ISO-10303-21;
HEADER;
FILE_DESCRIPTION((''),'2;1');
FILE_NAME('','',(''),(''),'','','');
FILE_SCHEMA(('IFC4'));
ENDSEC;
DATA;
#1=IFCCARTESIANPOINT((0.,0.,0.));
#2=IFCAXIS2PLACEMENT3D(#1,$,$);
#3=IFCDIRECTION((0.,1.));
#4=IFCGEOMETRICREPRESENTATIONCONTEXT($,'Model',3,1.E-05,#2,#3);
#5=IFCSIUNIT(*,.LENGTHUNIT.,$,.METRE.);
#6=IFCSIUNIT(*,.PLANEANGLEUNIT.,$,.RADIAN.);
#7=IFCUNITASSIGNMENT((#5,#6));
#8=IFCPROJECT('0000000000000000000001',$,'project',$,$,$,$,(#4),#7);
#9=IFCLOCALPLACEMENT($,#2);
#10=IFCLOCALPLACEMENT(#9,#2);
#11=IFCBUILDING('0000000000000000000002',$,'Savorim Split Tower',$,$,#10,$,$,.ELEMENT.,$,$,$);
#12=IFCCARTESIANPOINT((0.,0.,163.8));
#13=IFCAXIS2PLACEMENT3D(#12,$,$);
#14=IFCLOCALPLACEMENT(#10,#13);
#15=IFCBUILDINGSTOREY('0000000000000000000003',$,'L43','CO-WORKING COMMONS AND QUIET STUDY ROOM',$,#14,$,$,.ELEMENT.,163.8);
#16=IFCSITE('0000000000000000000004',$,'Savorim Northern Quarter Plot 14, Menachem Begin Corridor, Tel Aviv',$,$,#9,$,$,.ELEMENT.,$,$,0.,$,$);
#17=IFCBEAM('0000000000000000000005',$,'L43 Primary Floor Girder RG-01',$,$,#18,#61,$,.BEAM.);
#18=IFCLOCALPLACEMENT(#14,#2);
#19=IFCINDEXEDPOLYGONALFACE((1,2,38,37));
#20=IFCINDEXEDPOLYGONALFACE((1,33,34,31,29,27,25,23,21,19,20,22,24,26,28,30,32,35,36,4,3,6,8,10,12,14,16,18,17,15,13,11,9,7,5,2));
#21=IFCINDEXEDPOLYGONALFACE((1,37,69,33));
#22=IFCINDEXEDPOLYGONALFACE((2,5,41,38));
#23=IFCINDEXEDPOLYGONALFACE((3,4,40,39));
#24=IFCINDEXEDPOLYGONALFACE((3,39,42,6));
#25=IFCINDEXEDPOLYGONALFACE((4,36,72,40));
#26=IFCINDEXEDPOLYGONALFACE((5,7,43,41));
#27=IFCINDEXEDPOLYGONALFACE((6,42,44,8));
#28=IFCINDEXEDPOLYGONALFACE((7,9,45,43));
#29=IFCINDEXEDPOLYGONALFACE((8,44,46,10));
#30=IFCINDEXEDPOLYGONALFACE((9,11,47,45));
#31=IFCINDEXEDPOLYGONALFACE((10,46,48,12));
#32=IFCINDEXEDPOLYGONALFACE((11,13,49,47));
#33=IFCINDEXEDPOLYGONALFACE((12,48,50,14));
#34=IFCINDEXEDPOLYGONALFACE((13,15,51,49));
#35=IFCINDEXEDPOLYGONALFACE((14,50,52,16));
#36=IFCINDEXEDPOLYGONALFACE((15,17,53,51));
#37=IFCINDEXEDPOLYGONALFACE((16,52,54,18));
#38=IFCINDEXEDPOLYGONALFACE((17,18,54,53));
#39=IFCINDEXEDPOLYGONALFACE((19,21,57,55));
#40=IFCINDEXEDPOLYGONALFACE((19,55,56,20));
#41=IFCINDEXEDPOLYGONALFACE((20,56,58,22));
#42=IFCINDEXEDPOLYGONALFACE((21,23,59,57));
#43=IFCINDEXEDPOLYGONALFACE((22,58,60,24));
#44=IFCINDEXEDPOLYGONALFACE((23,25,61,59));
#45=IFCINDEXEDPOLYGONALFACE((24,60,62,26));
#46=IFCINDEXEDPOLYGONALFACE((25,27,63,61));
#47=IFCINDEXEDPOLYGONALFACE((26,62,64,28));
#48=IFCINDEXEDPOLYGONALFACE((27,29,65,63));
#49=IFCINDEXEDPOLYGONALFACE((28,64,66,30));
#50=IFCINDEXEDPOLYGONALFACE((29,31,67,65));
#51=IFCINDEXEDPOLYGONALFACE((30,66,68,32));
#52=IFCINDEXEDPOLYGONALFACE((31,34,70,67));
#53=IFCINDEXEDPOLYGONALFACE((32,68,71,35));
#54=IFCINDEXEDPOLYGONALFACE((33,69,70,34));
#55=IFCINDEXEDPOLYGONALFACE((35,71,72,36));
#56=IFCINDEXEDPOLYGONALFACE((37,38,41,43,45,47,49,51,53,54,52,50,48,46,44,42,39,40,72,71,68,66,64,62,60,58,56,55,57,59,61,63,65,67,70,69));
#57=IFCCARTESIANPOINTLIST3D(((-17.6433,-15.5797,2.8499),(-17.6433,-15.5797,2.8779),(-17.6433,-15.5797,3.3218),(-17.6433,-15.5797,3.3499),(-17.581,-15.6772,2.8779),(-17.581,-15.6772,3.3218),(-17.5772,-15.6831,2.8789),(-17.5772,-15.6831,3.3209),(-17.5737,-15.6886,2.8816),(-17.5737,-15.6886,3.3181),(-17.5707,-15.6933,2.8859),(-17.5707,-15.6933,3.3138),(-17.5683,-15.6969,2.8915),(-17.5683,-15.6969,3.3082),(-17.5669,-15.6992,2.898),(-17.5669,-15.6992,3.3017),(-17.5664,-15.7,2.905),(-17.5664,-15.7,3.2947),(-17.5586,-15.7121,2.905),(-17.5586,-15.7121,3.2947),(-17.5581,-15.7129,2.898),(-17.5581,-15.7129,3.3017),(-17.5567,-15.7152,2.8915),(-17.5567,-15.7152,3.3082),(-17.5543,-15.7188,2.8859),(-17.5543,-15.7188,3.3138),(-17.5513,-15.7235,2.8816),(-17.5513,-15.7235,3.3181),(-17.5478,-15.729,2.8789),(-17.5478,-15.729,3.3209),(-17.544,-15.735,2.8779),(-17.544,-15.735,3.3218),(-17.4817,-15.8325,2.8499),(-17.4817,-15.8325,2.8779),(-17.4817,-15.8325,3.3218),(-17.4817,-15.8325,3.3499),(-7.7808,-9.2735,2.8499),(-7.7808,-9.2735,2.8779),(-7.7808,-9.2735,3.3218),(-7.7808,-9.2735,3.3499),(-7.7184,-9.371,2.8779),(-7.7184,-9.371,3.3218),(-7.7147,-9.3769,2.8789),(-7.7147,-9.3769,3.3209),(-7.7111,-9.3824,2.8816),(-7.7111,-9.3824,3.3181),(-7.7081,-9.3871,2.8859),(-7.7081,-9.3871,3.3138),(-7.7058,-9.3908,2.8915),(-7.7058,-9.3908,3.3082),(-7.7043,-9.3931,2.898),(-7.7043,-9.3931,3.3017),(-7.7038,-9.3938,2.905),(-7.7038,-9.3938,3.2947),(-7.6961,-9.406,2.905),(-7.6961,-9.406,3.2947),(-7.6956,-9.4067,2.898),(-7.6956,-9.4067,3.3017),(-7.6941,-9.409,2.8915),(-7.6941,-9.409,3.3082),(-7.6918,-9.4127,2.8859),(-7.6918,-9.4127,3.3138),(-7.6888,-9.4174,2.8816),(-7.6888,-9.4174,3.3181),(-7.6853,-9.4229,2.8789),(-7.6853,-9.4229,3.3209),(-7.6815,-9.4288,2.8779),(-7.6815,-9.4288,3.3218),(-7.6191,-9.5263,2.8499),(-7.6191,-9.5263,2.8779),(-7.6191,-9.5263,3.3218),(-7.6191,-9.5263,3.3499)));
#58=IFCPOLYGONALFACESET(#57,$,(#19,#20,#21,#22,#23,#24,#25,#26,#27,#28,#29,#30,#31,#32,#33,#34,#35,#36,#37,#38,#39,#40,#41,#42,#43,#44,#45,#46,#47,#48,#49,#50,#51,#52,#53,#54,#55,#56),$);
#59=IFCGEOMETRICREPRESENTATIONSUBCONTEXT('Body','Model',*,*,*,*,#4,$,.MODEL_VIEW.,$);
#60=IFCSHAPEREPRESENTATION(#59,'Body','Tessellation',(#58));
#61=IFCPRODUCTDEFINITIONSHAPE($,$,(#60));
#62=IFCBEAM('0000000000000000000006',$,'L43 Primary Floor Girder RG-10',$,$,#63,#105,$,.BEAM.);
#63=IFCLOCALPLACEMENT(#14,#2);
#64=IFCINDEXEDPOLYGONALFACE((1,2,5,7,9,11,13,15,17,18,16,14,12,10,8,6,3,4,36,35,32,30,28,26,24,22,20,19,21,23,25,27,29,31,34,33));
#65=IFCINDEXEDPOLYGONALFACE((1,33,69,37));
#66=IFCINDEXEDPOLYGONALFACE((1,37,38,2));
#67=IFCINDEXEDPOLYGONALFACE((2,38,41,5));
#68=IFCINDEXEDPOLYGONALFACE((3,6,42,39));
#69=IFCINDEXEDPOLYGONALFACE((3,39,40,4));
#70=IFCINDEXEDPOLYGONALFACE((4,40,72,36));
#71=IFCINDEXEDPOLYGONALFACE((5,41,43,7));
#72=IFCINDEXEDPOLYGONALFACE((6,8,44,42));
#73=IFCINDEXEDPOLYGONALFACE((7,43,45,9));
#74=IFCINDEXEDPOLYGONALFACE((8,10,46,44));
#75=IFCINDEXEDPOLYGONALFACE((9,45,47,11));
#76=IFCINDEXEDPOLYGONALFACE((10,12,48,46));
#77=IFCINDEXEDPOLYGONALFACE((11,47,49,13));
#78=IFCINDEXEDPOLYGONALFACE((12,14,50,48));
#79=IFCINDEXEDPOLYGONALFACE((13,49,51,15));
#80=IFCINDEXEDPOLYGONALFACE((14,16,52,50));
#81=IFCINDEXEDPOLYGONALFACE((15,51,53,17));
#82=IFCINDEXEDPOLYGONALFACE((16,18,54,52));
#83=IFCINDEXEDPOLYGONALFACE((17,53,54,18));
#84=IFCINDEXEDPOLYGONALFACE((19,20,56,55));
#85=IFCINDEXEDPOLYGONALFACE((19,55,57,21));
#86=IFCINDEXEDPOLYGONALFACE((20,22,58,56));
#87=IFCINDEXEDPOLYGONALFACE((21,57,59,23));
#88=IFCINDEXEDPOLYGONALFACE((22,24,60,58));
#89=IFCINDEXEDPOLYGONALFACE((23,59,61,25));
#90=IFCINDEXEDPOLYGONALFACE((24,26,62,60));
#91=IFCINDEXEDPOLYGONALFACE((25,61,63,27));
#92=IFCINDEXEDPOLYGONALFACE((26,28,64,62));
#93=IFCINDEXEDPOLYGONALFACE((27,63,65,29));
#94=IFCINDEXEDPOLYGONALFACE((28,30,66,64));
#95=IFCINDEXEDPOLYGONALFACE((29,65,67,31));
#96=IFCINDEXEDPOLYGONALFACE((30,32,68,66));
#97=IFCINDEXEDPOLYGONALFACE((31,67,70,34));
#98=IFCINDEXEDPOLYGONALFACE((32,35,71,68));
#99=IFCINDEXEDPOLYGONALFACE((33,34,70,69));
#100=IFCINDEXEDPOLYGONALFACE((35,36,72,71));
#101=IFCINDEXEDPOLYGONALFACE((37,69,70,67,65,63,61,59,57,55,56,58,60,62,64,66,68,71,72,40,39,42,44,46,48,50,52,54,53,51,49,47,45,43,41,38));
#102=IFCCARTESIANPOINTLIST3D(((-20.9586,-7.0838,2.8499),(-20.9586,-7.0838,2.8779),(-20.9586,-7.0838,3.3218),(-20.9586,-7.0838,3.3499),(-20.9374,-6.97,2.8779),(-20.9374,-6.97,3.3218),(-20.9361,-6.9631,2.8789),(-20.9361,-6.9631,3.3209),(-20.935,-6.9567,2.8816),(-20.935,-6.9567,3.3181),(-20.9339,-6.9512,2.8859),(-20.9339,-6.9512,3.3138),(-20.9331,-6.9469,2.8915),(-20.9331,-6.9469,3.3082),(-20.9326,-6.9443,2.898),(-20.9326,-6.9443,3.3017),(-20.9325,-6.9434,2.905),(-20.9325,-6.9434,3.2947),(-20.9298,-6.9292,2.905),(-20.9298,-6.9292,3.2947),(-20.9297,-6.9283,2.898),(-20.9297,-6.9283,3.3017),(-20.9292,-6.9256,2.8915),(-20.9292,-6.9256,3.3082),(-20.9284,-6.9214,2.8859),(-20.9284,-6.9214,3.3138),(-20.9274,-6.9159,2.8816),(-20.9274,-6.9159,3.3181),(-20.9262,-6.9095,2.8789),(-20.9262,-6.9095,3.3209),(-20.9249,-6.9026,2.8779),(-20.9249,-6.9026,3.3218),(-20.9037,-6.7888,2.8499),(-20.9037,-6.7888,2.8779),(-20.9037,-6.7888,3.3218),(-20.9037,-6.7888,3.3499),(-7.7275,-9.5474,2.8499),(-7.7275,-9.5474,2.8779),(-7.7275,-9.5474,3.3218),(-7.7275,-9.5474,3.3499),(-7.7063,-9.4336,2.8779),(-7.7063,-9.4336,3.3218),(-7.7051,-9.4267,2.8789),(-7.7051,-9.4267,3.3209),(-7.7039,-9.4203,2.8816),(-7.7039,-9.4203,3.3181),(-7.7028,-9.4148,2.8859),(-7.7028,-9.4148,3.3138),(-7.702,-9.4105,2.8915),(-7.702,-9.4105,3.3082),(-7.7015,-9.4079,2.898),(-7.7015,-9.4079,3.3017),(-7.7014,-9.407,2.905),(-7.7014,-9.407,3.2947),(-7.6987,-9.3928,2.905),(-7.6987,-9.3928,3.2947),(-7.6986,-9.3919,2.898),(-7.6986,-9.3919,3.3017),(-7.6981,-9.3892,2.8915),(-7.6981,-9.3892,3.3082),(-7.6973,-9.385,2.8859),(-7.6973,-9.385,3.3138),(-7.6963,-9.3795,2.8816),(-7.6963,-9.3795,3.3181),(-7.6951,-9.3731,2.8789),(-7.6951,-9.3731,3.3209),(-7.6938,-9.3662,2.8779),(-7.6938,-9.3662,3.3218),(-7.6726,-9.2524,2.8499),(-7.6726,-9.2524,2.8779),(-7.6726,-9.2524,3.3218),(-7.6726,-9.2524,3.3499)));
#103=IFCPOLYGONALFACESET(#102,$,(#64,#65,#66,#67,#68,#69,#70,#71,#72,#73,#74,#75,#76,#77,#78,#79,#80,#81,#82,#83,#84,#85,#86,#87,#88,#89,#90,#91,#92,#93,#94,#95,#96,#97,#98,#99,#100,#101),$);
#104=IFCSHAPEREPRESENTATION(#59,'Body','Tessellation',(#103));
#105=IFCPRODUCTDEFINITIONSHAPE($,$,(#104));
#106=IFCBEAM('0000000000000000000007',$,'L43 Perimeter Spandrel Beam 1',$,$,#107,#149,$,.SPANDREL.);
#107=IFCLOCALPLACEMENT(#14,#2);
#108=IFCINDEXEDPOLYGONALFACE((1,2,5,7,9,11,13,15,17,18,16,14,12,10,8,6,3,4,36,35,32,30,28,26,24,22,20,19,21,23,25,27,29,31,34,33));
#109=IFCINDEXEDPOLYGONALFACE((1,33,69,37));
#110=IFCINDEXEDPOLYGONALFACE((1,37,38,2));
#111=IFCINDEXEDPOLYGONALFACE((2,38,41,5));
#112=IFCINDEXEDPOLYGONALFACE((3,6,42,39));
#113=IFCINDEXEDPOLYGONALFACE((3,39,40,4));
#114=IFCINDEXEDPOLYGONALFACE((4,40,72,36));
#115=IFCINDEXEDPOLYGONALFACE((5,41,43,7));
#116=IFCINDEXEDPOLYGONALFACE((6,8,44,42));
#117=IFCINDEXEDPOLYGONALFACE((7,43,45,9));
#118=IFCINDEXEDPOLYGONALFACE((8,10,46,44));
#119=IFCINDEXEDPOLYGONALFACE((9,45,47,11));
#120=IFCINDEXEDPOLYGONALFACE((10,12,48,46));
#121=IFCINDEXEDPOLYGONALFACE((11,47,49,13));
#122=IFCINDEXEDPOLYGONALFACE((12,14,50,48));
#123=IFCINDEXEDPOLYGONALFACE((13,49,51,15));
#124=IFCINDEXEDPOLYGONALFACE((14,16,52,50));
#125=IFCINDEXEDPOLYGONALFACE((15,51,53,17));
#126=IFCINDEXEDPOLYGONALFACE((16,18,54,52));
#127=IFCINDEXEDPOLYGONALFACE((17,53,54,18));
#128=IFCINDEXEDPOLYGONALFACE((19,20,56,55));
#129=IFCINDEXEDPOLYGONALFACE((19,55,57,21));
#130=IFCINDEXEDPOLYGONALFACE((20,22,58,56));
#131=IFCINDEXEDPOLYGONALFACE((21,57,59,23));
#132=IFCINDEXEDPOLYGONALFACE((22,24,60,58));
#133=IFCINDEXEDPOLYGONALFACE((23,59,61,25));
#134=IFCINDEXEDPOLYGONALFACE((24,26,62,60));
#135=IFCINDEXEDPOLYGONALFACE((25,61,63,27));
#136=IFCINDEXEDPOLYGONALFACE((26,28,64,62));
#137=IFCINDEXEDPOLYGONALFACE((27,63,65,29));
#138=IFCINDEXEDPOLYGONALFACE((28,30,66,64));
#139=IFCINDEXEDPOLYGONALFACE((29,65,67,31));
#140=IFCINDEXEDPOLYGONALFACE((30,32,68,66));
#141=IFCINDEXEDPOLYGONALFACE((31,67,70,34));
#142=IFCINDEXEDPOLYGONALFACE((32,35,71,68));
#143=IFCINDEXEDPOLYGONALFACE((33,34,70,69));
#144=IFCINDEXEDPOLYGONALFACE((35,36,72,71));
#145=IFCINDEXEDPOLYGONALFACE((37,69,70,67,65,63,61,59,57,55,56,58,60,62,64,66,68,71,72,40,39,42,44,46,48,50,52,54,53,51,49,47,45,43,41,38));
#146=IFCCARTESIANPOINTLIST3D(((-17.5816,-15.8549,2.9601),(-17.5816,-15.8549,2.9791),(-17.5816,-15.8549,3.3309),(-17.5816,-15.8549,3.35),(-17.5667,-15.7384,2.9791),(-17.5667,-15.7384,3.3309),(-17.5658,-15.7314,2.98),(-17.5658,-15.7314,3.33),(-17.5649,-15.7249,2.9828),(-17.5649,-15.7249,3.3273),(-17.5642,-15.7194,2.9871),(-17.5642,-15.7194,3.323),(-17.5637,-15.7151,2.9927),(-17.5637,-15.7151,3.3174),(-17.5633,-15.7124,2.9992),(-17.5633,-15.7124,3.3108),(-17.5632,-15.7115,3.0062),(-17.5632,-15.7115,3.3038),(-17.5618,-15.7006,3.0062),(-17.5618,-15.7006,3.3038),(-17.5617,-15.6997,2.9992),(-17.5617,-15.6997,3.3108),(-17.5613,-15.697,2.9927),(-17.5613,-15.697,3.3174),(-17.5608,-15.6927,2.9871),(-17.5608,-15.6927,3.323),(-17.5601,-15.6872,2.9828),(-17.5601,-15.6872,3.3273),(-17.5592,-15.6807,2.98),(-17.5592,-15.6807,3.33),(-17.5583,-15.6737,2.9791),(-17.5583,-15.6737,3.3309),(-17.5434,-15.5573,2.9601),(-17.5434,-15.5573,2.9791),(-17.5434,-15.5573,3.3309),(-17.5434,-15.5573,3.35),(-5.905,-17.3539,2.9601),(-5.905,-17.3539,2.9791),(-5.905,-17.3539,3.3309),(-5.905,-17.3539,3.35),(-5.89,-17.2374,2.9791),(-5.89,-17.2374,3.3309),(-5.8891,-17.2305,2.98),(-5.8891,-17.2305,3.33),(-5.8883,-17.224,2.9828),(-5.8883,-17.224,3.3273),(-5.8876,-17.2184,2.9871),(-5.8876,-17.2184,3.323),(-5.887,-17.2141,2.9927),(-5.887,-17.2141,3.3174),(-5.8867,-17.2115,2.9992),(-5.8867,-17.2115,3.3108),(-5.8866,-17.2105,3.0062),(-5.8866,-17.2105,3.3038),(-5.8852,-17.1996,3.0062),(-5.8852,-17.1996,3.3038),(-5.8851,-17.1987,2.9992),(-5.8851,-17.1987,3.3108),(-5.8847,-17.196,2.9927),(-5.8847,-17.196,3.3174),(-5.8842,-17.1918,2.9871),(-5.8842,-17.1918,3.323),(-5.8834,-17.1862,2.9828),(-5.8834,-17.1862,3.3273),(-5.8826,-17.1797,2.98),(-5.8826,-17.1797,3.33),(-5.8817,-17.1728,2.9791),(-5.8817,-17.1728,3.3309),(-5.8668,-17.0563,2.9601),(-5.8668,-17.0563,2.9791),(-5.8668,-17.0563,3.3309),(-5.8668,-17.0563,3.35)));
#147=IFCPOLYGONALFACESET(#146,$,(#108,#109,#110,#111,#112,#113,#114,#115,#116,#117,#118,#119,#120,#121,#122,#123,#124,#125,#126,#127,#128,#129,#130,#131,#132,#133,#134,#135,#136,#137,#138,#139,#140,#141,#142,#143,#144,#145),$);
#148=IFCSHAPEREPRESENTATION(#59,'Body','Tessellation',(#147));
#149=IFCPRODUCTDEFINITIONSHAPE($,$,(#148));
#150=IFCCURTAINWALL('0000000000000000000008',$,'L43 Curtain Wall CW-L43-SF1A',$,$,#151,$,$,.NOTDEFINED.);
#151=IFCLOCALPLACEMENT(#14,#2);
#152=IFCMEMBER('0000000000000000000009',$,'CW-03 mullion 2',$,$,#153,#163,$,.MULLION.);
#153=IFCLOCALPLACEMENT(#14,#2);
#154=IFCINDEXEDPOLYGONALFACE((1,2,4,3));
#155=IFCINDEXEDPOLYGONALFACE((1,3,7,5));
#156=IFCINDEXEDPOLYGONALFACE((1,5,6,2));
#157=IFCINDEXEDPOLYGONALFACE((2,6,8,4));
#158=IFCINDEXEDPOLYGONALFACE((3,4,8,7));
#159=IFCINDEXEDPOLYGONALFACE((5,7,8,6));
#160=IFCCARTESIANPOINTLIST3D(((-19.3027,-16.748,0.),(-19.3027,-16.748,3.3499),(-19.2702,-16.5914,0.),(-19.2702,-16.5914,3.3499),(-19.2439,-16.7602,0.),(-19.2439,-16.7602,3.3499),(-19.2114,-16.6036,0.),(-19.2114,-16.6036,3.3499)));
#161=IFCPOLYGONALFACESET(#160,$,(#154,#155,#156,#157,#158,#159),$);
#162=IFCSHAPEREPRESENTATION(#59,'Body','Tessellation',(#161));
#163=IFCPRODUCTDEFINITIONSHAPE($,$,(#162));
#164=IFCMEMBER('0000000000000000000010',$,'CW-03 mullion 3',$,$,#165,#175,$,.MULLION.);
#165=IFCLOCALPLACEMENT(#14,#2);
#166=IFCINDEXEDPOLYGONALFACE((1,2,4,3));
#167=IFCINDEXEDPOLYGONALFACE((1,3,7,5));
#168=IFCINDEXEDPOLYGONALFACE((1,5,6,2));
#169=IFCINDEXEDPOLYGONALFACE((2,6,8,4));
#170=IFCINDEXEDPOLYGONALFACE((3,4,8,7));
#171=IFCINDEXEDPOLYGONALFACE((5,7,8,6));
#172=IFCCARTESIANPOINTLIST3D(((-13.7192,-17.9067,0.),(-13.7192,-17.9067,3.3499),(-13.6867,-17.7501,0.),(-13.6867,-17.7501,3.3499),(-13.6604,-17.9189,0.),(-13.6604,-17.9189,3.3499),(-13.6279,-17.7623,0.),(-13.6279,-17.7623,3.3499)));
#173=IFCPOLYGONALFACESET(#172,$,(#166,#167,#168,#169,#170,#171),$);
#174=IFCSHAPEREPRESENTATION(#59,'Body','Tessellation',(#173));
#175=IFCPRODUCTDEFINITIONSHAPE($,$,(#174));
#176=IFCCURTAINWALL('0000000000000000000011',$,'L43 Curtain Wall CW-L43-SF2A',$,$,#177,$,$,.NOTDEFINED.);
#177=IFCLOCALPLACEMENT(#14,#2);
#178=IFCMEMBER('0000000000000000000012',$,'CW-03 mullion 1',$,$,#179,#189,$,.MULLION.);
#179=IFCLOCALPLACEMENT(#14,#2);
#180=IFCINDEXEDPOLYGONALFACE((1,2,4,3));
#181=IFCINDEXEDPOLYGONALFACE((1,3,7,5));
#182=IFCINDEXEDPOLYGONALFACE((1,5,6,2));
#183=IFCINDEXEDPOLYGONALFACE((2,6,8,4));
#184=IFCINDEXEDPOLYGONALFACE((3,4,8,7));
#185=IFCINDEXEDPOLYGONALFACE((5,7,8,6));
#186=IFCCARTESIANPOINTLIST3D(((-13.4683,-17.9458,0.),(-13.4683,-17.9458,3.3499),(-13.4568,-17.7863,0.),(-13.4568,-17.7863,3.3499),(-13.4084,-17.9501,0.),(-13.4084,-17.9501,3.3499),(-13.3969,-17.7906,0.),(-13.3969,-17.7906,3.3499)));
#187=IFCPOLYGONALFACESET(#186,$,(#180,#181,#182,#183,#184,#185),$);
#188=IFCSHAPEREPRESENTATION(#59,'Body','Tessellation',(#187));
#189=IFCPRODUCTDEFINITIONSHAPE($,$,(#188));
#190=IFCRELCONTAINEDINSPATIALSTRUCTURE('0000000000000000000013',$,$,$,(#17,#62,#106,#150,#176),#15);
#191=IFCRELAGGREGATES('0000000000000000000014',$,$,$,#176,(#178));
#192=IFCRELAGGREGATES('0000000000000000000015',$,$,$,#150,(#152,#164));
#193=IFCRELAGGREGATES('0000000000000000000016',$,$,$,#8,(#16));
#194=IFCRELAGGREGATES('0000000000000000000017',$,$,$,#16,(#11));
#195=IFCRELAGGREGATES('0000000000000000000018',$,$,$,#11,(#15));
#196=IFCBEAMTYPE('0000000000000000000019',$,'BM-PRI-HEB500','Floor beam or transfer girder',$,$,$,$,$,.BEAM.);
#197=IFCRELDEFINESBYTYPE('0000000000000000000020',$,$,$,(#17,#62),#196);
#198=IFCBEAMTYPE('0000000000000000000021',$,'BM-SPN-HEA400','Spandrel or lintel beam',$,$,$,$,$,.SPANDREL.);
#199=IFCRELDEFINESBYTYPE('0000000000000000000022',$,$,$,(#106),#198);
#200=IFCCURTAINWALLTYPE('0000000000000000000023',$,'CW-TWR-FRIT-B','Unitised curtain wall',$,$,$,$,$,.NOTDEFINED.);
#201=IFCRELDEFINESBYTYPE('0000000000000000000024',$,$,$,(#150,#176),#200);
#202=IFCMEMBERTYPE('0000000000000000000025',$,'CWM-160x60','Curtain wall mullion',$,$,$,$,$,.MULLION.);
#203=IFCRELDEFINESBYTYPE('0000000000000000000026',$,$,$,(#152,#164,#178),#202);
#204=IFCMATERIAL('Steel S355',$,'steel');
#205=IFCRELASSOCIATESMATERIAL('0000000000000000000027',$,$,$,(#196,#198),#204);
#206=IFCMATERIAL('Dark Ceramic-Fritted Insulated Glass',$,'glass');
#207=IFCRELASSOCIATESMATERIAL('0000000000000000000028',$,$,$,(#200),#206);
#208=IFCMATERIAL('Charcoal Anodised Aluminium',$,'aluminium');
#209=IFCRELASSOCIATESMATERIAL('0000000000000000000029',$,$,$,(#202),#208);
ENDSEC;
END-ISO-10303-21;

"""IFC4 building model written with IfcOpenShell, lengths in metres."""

from ifc_helpers import new_model, si_unit, direction, frame, origin, origin_2d, place, context, subcontext, project, spatial, rectangle, i_section, extrude, material, material_profile, profile_set, type_object, element, aggregate, save


model = new_model("IFC4")

# Units and contexts
model_context = context("Model", 3, precision=1e-05, world=origin(), true_north=direction((0.0, 1.0)))
body_context = subcontext(model_context, "Body", "Model", "MODEL_VIEW")
ifc_project = project(units=[si_unit("LENGTHUNIT", "METRE"), si_unit("PLANEANGLEUNIT", "RADIAN")], contexts=[model_context])

# Site, building, storey
site_placement = place(None, origin())
site = spatial("IfcSite", under=ifc_project, at=site_placement, Name="Savorim Northern Quarter Plot 14, Menachem Begin Corridor, Tel Aviv", CompositionType="ELEMENT", RefElevation=0.0)
building_placement = place(site_placement, origin())
building = spatial("IfcBuilding", under=site, at=building_placement, Name="Savorim Split Tower", CompositionType="ELEMENT")
storey_placement = place(building_placement, frame((0.0, 0.0, 163.8)))
storey = spatial("IfcBuildingStorey", under=building, at=storey_placement, Name="L43", Description="CO-WORKING COMMONS AND QUIET STUDY ROOM", CompositionType="ELEMENT", Elevation=163.8)

# Beams
ifc_material_1 = material(Name="Steel S355", Category="steel")
ifc_material_profile_1 = material_profile(ifc_material_1, i_section(OverallWidth=0.3, OverallDepth=0.5, WebThickness=0.0144, FlangeThickness=0.0281, FilletRadius=0.0271, at=origin_2d()), Name="HEB 500")
ifc_profile_set_1 = profile_set([ifc_material_profile_1], Name="Steel S355")
beam_type_1 = type_object("IfcBeamType", Name="BM-PRI-HEB500", Description="Floor beam or transfer girder", PredefinedType="BEAM", material=ifc_profile_set_1)
beam_1_placement = place(storey_placement, frame((-17.5625, -15.7061, 3.0999), z_axis=(0.842499, 0.538697, 0.0), x_axis=(-0.538697, 0.842499, 0.0)))
element("IfcBeam", 1, at=beam_1_placement, inside=storey, type_object=beam_type_1, Name="L43 Primary Floor Girder RG-01", PredefinedType="BEAM", context=body_context, shape_type="SweptSolid", body=[
    extrude(i_section(OverallWidth=0.3, OverallDepth=0.5, WebThickness=0.0144, FlangeThickness=0.0281, FilletRadius=0.0271, at=origin_2d()), origin(), (0.0, 0.0, 1.0), 11.7063),
])
beam_2_placement = place(storey_placement, frame((-20.9312, -6.9363, 3.0999), z_axis=(0.983103, -0.183052, 0.0), x_axis=(0.183052, 0.983103, 0.0)))
element("IfcBeam", 2, at=beam_2_placement, inside=storey, type_object=beam_type_1, Name="L43 Primary Floor Girder RG-10", PredefinedType="BEAM", context=body_context, shape_type="SweptSolid", body=[
    extrude(i_section(OverallWidth=0.3, OverallDepth=0.5, WebThickness=0.0144, FlangeThickness=0.0281, FilletRadius=0.0271, at=origin_2d()), origin(), (0.0, 0.0, 1.0), 13.4585),
])
ifc_material_profile_2 = material_profile(ifc_material_1, i_section(OverallWidth=0.3, OverallDepth=0.3899, WebThickness=0.011, FlangeThickness=0.019, FilletRadius=0.0271, at=origin_2d()), Name="HEA 400")
ifc_profile_set_2 = profile_set([ifc_material_profile_2], Name="Steel S355")
beam_type_2 = type_object("IfcBeamType", Name="BM-SPN-HEA400", Description="Spandrel or lintel beam", PredefinedType="SPANDREL", material=ifc_profile_set_2)
beam_3_placement = place(storey_placement, frame((-17.5625, -15.7061, 3.155), z_axis=(0.99186, -0.127334, 0.0), x_axis=(0.127334, 0.99186, 0.0)))
element("IfcBeam", 3, at=beam_3_placement, inside=storey, type_object=beam_type_2, Name="L43 Perimeter Spandrel Beam 1", PredefinedType="SPANDREL", context=body_context, shape_type="SweptSolid", body=[
    extrude(i_section(OverallWidth=0.3, OverallDepth=0.3899, WebThickness=0.011, FlangeThickness=0.019, FilletRadius=0.0271, at=origin_2d()), origin(), (0.0, 0.0, 1.0), 11.7725),
])

# Curtain wall, members
ifc_material_2 = material(Name="Dark Ceramic-Fritted Insulated Glass", Category="glass")
curtain_wall_type = type_object("IfcCurtainWallType", Name="CW-TWR-FRIT-B", Description="Unitised curtain wall", PredefinedType="NOTDEFINED", material=ifc_material_2)
curtain_wall_1_placement = place(storey_placement, origin())
curtain_wall_1 = element("IfcCurtainWall", 4, at=curtain_wall_1_placement, inside=storey, type_object=curtain_wall_type, Name="L43 Curtain Wall CW-L43-SF1A", PredefinedType="NOTDEFINED")
ifc_material_3 = material(Name="Charcoal Anodised Aluminium", Category="aluminium")
ifc_material_profile_3 = material_profile(ifc_material_3, rectangle(XDim=0.1599, YDim=0.0601, at=origin_2d()), Name="ALU-M 160x60")
ifc_profile_set_3 = profile_set([ifc_material_profile_3], Name="Charcoal Anodised Aluminium")
member_type_1 = type_object("IfcMemberType", Name="CWM-160x60", Description="Curtain wall mullion", PredefinedType="MULLION", material=ifc_profile_set_3)
member_1_placement = place(storey_placement, frame((-19.2571, -16.6758, 0.0), z_axis=(0.0, 0.0, 1.0), x_axis=(0.203216, 0.979134, 0.0)))
member_1 = element("IfcMember", 5, at=member_1_placement, type_object=member_type_1, Name="CW-03 mullion 2", PredefinedType="MULLION", context=body_context, shape_type="SweptSolid", body=[
    extrude(rectangle(XDim=0.1599, YDim=0.0601, at=origin_2d()), origin(), (0.0, 0.0, 1.0), 3.3499),
])
member_2_placement = place(storey_placement, frame((-13.6736, -17.8345, 0.0), z_axis=(0.0, 0.0, 1.0), x_axis=(0.203216, 0.979134, 0.0)))
member_2 = element("IfcMember", 6, at=member_2_placement, type_object=member_type_1, Name="CW-03 mullion 3", PredefinedType="MULLION", context=body_context, shape_type="SweptSolid", body=[
    extrude(rectangle(XDim=0.1599, YDim=0.0601, at=origin_2d()), origin(), (0.0, 0.0, 1.0), 3.3499),
])

# Curtain wall, member
curtain_wall_2_placement = place(storey_placement, origin())
curtain_wall_2 = element("IfcCurtainWall", 7, at=curtain_wall_2_placement, inside=storey, type_object=curtain_wall_type, Name="L43 Curtain Wall CW-L43-SF2A", PredefinedType="NOTDEFINED")
member_3_placement = place(storey_placement, frame((-13.4326, -17.8682, 0.0), z_axis=(0.0, 0.0, 1.0), x_axis=(0.071558, 0.997436, 0.0)))
member_3 = element("IfcMember", 8, at=member_3_placement, type_object=member_type_1, Name="CW-03 mullion 1", PredefinedType="MULLION", context=body_context, shape_type="SweptSolid", body=[
    extrude(rectangle(XDim=0.1599, YDim=0.0601, at=origin_2d()), origin(), (0.0, 0.0, 1.0), 3.3499),
])

aggregate(curtain_wall_2, [member_3])

aggregate(curtain_wall_1, [member_1, member_2])

save(model, "model.ifc")
